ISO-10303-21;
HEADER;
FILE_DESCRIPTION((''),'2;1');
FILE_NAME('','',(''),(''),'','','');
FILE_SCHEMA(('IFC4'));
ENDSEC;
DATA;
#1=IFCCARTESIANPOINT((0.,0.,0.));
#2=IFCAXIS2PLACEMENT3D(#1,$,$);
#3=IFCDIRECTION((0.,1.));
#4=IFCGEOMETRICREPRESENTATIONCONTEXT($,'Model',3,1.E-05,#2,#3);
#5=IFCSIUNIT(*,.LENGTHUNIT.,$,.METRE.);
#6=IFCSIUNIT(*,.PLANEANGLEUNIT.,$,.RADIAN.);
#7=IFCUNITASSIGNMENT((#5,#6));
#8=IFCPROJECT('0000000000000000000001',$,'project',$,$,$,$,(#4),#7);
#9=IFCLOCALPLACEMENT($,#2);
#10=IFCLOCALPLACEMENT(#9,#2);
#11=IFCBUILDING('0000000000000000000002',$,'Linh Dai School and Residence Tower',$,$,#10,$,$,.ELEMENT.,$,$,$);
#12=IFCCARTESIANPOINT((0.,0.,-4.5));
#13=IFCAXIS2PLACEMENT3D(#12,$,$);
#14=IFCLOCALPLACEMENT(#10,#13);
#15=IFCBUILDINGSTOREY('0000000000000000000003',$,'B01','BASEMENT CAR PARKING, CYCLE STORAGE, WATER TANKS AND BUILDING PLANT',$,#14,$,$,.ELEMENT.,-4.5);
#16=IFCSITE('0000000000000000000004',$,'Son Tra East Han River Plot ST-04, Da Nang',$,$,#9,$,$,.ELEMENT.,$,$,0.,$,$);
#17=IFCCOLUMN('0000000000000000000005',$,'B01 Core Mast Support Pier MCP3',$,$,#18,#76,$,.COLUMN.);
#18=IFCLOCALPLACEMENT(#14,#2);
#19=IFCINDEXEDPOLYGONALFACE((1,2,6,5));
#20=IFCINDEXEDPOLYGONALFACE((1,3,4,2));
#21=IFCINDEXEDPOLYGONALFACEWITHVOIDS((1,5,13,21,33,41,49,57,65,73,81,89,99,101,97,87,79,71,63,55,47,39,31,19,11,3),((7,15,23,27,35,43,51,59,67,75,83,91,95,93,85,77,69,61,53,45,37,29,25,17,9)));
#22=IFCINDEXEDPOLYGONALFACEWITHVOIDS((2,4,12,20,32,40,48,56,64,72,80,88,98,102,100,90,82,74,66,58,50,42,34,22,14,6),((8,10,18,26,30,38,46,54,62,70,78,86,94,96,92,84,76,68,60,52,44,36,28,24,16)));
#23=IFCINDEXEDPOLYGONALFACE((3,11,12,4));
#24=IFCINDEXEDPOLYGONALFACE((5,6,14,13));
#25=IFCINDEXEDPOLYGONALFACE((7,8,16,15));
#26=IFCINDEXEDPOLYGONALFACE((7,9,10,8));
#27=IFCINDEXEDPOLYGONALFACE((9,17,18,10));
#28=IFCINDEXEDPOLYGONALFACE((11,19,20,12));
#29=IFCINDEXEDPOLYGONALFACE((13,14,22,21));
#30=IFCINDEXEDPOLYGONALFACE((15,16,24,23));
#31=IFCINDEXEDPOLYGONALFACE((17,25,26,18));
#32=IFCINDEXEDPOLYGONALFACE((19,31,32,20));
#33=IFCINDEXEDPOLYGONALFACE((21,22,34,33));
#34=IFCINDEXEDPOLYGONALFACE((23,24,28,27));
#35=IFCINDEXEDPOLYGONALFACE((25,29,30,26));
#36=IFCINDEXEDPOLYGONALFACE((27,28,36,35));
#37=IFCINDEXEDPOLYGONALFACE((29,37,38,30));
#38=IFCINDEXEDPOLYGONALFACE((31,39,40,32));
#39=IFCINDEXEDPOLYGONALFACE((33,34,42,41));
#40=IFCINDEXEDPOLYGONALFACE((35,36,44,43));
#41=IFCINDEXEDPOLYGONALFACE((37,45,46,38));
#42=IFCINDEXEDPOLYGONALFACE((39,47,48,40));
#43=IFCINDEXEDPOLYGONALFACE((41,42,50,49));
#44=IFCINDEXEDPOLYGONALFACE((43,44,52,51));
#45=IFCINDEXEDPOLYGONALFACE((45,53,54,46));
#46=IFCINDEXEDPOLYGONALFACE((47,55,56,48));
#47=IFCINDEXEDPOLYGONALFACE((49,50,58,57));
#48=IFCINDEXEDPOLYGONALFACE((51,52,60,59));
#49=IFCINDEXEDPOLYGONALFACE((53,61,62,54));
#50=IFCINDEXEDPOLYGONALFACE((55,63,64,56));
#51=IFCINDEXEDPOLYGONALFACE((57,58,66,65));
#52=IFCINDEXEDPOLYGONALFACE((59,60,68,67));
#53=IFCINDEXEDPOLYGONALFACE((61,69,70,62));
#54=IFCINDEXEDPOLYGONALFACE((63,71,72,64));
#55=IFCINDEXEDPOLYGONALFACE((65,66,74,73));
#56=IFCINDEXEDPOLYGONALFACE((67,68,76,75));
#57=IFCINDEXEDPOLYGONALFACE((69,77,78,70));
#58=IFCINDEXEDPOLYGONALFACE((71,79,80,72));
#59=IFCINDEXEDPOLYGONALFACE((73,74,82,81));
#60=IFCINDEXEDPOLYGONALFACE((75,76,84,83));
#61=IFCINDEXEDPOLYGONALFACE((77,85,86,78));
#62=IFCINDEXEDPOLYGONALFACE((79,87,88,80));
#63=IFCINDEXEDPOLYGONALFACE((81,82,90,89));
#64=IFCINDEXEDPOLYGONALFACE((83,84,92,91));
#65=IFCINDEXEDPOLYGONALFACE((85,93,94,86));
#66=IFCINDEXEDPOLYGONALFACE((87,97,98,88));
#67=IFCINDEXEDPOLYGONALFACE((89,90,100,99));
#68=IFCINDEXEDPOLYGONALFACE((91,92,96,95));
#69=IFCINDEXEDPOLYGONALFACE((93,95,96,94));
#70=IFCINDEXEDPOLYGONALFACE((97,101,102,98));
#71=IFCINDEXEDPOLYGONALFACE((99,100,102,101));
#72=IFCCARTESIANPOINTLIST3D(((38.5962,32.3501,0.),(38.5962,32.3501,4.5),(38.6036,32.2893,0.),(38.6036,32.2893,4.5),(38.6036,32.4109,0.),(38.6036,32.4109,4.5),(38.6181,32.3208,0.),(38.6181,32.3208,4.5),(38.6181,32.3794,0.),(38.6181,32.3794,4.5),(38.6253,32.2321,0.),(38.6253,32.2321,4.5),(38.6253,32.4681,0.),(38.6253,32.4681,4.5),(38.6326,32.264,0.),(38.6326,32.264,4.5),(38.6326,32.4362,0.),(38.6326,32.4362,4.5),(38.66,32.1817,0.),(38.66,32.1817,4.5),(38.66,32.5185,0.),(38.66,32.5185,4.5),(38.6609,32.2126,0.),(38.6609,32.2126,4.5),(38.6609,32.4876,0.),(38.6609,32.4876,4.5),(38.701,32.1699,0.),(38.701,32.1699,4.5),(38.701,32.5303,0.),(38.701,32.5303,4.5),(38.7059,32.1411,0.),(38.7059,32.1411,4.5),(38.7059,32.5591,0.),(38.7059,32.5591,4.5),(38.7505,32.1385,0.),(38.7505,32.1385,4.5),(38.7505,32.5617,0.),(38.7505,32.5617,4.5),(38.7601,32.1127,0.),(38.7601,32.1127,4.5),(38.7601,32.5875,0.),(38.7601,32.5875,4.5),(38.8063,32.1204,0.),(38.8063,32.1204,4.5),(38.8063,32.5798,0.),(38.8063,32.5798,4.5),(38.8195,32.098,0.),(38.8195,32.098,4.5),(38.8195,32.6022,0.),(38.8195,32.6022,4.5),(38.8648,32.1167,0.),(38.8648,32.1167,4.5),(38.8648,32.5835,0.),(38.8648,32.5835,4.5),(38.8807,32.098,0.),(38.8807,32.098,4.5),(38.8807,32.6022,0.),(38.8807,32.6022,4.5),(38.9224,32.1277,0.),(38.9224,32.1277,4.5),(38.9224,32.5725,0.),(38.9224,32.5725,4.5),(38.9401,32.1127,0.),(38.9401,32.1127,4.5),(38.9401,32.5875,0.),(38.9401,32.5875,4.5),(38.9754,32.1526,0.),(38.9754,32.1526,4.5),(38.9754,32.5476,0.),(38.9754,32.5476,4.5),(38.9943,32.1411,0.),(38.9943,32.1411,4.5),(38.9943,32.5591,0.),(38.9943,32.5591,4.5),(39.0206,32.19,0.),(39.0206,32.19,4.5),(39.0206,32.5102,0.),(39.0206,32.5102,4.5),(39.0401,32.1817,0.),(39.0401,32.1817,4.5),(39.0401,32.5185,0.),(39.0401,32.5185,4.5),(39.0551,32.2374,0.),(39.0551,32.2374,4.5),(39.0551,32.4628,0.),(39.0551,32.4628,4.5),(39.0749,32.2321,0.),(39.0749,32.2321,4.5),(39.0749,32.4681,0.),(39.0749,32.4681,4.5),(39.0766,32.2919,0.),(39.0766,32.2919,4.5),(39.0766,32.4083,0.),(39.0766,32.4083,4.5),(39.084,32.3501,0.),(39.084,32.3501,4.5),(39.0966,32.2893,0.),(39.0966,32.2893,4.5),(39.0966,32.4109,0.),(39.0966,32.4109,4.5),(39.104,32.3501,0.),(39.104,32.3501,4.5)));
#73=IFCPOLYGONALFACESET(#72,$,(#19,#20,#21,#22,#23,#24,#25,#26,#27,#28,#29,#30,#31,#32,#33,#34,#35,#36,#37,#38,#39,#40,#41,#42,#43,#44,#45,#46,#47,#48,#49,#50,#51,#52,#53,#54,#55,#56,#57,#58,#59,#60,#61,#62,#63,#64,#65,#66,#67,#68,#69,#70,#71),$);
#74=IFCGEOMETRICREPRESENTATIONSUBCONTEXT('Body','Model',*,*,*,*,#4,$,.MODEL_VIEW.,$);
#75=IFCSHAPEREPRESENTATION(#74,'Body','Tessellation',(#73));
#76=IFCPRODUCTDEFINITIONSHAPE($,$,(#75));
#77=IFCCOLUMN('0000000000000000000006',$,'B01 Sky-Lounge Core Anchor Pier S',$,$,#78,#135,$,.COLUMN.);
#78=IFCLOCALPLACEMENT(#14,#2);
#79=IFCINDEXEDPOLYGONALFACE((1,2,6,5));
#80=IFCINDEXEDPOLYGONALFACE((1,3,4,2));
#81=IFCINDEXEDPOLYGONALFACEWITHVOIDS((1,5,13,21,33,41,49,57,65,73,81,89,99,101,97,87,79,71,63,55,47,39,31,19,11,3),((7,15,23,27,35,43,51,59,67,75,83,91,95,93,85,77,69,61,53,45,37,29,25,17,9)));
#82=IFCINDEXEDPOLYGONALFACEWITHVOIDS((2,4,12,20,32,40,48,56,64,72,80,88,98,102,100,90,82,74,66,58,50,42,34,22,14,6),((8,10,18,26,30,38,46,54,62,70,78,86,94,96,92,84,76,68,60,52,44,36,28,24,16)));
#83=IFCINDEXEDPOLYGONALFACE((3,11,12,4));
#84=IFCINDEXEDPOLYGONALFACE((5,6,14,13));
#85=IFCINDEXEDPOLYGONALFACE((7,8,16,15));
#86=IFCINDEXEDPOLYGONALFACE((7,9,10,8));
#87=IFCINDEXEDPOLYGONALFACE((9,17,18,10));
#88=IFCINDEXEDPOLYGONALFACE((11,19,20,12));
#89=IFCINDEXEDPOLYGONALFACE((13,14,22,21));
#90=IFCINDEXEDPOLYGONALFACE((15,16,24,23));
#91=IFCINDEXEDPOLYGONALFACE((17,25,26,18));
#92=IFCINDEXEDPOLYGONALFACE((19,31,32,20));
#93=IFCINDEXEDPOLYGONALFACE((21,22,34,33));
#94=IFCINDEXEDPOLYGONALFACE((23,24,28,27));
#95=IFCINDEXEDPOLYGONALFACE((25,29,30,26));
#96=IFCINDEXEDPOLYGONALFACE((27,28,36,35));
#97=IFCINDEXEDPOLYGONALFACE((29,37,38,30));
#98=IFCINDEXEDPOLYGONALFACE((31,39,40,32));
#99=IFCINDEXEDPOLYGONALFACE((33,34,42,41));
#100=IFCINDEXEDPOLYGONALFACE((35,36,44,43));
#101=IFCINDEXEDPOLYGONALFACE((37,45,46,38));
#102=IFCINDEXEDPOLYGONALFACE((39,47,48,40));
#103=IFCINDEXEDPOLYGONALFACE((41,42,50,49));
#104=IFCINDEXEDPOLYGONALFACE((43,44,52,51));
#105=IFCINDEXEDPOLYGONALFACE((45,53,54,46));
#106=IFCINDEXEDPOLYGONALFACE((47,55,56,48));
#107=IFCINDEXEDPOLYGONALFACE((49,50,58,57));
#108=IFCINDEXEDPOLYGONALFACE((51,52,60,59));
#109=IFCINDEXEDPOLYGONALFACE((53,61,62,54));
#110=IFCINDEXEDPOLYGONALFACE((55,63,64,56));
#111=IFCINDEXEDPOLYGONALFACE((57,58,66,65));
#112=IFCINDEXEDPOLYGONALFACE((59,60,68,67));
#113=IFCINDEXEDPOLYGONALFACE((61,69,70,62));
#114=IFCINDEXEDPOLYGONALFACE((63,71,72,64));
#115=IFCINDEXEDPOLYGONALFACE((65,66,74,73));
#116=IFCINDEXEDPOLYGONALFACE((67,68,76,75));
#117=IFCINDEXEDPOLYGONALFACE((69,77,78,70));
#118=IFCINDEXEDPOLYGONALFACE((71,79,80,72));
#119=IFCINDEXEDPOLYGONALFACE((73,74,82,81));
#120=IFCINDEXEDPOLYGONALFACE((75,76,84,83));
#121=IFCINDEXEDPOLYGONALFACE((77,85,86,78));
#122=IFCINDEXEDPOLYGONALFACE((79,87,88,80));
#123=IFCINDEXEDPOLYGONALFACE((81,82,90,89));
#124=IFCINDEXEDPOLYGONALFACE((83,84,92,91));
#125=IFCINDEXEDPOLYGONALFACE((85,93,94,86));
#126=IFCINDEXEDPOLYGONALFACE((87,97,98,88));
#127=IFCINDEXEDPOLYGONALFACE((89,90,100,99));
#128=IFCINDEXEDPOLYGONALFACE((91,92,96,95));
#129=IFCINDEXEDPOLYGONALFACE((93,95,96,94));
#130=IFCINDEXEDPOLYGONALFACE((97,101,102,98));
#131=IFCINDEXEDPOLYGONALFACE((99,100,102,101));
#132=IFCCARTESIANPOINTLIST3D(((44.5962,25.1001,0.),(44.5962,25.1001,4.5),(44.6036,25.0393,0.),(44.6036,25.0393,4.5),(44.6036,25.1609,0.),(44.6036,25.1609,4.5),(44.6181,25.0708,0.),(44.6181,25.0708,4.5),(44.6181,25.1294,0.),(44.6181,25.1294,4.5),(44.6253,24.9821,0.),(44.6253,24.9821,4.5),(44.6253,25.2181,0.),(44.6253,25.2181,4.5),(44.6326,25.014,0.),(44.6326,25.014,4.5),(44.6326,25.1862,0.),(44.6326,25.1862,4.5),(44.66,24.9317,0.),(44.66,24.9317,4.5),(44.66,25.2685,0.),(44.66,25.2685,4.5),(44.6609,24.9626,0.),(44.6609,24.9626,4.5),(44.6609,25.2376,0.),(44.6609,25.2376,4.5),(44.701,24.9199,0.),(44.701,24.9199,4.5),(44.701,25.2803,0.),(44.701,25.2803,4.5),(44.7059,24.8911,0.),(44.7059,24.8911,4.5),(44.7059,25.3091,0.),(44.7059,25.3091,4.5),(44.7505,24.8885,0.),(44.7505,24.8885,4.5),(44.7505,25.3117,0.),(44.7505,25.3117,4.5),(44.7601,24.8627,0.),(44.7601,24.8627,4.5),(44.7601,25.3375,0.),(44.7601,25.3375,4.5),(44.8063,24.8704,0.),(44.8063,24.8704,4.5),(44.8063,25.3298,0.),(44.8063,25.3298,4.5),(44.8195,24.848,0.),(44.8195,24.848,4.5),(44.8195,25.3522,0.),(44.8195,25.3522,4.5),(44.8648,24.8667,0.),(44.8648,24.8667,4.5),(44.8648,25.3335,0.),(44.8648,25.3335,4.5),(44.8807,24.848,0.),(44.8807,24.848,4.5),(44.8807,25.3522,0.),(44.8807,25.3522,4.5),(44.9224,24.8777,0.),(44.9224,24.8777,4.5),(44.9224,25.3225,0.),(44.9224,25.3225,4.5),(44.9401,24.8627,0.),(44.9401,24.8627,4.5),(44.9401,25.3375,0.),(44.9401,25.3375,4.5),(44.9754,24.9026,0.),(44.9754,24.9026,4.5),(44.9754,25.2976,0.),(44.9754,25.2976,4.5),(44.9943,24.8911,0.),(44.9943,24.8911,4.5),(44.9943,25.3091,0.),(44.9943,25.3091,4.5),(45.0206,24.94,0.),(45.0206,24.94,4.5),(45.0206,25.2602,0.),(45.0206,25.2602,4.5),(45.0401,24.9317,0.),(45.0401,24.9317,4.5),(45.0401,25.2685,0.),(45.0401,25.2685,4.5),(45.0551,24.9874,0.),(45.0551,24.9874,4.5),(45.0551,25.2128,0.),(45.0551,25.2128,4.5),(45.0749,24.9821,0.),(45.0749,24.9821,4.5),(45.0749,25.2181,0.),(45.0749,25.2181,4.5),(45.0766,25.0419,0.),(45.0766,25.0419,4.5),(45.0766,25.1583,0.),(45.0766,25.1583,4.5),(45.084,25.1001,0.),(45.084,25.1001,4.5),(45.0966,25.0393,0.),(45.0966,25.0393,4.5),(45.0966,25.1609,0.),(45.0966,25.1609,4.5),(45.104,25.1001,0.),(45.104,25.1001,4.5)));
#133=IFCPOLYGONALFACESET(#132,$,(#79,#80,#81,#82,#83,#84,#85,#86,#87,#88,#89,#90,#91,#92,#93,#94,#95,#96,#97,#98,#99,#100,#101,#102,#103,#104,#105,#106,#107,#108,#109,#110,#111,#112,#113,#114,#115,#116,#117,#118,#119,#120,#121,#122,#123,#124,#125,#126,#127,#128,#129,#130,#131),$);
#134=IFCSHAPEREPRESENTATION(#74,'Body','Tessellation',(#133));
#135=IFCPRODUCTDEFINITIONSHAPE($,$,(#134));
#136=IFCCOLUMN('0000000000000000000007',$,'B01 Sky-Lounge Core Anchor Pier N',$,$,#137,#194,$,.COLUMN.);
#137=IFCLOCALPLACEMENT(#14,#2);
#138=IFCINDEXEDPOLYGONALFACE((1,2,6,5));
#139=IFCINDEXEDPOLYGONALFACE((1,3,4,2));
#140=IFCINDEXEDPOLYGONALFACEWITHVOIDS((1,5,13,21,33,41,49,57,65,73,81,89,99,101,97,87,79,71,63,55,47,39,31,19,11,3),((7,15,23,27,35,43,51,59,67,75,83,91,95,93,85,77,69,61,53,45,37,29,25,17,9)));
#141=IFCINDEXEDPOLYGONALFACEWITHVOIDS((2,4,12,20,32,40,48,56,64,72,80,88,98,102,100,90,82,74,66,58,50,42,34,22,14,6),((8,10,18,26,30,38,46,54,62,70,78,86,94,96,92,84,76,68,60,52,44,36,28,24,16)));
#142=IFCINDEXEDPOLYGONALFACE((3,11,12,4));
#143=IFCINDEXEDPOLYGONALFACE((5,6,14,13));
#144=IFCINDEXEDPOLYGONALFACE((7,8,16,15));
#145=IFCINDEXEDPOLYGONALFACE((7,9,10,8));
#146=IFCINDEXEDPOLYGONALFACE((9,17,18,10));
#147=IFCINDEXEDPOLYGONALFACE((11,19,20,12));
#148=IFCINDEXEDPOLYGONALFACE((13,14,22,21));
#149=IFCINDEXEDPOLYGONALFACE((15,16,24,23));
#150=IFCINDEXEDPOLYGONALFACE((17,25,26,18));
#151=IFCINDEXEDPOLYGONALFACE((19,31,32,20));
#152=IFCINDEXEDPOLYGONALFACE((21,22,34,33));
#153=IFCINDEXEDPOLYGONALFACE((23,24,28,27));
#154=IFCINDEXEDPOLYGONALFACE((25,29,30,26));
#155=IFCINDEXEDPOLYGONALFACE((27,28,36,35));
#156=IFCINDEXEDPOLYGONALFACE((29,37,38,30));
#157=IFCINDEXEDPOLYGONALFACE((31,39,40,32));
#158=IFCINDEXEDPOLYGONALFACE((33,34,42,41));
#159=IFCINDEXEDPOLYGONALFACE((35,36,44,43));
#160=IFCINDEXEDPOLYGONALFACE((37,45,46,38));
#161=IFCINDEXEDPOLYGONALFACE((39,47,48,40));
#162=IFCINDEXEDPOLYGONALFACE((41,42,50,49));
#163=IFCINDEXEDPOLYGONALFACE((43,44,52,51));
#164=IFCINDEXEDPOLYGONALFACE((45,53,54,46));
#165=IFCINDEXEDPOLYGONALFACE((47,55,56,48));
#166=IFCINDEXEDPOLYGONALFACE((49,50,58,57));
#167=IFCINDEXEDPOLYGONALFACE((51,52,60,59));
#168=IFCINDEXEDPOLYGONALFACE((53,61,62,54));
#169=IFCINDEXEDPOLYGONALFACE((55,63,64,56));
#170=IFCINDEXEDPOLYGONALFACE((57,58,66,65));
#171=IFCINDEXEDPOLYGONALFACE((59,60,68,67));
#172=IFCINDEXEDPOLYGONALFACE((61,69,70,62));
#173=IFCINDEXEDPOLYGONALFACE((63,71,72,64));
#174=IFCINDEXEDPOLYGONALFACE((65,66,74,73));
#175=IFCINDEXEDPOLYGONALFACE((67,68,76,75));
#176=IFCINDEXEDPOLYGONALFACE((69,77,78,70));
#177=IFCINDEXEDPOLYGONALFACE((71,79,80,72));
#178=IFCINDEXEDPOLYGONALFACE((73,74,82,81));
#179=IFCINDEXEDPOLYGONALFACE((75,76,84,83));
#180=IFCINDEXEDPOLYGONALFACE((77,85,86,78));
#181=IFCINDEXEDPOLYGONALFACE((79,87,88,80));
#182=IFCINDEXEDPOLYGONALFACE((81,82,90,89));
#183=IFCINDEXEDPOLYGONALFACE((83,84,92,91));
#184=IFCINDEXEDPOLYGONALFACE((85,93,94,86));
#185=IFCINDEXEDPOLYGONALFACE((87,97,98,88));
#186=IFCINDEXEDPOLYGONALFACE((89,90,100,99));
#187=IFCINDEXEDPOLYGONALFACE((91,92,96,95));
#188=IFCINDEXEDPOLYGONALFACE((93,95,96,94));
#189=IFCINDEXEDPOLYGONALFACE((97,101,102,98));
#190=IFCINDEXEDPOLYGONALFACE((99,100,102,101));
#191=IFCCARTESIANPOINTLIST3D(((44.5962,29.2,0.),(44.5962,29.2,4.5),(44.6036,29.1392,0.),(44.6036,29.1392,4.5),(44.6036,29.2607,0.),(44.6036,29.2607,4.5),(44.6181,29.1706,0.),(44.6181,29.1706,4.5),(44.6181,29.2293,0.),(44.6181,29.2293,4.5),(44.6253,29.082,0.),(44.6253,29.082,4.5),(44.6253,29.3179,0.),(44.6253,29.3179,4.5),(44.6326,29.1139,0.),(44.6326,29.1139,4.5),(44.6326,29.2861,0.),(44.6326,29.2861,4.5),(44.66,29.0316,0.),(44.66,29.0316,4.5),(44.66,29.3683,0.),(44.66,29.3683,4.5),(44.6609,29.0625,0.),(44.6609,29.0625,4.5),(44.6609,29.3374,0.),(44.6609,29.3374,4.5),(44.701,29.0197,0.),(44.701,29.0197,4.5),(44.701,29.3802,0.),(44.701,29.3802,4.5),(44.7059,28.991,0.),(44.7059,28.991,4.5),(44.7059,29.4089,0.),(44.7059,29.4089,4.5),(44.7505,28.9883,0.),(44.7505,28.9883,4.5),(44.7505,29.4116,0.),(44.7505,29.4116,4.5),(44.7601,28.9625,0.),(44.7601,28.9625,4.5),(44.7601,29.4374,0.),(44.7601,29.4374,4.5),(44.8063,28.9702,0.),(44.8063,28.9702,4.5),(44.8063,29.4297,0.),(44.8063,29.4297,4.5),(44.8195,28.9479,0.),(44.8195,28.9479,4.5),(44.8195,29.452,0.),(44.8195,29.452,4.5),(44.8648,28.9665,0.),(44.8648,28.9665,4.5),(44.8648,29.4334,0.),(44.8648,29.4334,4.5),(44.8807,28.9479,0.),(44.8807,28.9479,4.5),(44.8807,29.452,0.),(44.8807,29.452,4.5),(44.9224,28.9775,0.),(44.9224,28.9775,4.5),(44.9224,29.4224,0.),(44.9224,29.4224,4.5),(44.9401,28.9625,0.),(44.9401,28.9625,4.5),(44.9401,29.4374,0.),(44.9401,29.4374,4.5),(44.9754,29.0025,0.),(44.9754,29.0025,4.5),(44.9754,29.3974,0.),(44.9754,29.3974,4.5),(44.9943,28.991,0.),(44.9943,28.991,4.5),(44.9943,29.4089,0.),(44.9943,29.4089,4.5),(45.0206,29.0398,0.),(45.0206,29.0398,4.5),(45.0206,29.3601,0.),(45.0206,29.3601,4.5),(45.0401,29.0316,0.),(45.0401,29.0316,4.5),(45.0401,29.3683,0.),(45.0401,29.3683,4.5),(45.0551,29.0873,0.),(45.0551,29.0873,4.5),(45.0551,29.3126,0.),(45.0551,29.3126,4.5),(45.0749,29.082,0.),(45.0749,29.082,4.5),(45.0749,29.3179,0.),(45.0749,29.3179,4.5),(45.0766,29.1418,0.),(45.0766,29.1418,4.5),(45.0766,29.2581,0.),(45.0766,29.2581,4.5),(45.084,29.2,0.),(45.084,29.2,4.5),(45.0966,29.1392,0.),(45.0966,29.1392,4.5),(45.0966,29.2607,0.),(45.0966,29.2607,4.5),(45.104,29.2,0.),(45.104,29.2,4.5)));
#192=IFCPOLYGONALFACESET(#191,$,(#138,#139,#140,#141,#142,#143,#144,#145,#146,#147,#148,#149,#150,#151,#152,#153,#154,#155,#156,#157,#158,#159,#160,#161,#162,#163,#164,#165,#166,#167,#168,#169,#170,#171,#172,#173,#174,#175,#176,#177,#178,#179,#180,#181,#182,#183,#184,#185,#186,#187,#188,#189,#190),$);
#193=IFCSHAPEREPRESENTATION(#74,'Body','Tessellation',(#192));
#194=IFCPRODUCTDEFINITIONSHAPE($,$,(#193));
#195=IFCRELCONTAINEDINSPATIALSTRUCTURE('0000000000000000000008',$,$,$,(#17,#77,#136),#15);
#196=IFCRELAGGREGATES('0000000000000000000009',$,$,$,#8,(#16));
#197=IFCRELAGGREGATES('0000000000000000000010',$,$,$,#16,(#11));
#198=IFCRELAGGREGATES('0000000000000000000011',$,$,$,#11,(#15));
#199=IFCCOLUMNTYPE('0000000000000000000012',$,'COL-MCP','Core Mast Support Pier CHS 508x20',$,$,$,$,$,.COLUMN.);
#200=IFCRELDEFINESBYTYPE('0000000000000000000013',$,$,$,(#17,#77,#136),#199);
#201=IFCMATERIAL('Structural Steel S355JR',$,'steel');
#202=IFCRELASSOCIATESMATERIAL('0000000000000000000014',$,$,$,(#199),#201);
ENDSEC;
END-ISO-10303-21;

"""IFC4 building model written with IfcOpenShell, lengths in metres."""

from ifc_helpers import new_model, si_unit, direction, frame, origin, origin_2d, place, context, subcontext, project, spatial, hollow_circle, extrude, material, material_profile, profile_set, type_object, element, save


model = new_model("IFC4")

# Units and contexts
model_context = context("Model", 3, precision=1e-05, world=origin(), true_north=direction((0.0, 1.0)))
body_context = subcontext(model_context, "Body", "Model", "MODEL_VIEW")
ifc_project = project(units=[si_unit("LENGTHUNIT", "METRE"), si_unit("PLANEANGLEUNIT", "RADIAN")], contexts=[model_context])

# Site, building, storey
site_placement = place(None, origin())
site = spatial("IfcSite", under=ifc_project, at=site_placement, Name="Son Tra East Han River Plot ST-04, Da Nang", CompositionType="ELEMENT", RefElevation=0.0)
building_placement = place(site_placement, origin())
building = spatial("IfcBuilding", under=site, at=building_placement, Name="Linh Dai School and Residence Tower", CompositionType="ELEMENT")
storey_placement = place(building_placement, frame((0.0, 0.0, -4.5)))
storey = spatial("IfcBuildingStorey", under=building, at=storey_placement, Name="B01", Description="BASEMENT CAR PARKING, CYCLE STORAGE, WATER TANKS AND BUILDING PLANT", CompositionType="ELEMENT", Elevation=-4.5)

# Columns
ifc_material_1 = material(Name="Structural Steel S355JR", Category="steel")
ifc_material_profile_1 = material_profile(ifc_material_1, hollow_circle(Radius=0.2539, WallThickness=0.02, at=origin_2d()), Name="CHS 508x20")
ifc_profile_set_1 = profile_set([ifc_material_profile_1], Name="Structural Steel S355JR")
column_type_1 = type_object("IfcColumnType", Name="COL-MCP", Description="Core Mast Support Pier CHS 508x20", PredefinedType="COLUMN", material=ifc_profile_set_1)
for number, where, z_axis, x_axis, name in (
    (1, (38.8501, 32.3501, 0.0), (0.0, 0.0, 1.0), (1.0, 0.0, 0.0), "B01 Core Mast Support Pier MCP3"),
    (2, (44.8501, 25.1001, 0.0), (0.0, 0.0, 1.0), (1.0, 0.0, 0.0), "B01 Sky-Lounge Core Anchor Pier S"),
    (3, (44.8501, 29.2, 0.0), (0.0, 0.0, 1.0), (1.0, 0.0, 0.0), "B01 Sky-Lounge Core Anchor Pier N"),
):
    element("IfcColumn", number, at=place(storey_placement, frame(where, z_axis=z_axis, x_axis=x_axis)), inside=storey, type_object=column_type_1, Name=name, PredefinedType="COLUMN", context=body_context, shape_type="SweptSolid", body=[
        extrude(hollow_circle(Radius=0.2539, WallThickness=0.02, at=origin_2d()), origin(), (0.0, 0.0, 1.0), 4.5),
    ])

save(model, "model.ifc")
